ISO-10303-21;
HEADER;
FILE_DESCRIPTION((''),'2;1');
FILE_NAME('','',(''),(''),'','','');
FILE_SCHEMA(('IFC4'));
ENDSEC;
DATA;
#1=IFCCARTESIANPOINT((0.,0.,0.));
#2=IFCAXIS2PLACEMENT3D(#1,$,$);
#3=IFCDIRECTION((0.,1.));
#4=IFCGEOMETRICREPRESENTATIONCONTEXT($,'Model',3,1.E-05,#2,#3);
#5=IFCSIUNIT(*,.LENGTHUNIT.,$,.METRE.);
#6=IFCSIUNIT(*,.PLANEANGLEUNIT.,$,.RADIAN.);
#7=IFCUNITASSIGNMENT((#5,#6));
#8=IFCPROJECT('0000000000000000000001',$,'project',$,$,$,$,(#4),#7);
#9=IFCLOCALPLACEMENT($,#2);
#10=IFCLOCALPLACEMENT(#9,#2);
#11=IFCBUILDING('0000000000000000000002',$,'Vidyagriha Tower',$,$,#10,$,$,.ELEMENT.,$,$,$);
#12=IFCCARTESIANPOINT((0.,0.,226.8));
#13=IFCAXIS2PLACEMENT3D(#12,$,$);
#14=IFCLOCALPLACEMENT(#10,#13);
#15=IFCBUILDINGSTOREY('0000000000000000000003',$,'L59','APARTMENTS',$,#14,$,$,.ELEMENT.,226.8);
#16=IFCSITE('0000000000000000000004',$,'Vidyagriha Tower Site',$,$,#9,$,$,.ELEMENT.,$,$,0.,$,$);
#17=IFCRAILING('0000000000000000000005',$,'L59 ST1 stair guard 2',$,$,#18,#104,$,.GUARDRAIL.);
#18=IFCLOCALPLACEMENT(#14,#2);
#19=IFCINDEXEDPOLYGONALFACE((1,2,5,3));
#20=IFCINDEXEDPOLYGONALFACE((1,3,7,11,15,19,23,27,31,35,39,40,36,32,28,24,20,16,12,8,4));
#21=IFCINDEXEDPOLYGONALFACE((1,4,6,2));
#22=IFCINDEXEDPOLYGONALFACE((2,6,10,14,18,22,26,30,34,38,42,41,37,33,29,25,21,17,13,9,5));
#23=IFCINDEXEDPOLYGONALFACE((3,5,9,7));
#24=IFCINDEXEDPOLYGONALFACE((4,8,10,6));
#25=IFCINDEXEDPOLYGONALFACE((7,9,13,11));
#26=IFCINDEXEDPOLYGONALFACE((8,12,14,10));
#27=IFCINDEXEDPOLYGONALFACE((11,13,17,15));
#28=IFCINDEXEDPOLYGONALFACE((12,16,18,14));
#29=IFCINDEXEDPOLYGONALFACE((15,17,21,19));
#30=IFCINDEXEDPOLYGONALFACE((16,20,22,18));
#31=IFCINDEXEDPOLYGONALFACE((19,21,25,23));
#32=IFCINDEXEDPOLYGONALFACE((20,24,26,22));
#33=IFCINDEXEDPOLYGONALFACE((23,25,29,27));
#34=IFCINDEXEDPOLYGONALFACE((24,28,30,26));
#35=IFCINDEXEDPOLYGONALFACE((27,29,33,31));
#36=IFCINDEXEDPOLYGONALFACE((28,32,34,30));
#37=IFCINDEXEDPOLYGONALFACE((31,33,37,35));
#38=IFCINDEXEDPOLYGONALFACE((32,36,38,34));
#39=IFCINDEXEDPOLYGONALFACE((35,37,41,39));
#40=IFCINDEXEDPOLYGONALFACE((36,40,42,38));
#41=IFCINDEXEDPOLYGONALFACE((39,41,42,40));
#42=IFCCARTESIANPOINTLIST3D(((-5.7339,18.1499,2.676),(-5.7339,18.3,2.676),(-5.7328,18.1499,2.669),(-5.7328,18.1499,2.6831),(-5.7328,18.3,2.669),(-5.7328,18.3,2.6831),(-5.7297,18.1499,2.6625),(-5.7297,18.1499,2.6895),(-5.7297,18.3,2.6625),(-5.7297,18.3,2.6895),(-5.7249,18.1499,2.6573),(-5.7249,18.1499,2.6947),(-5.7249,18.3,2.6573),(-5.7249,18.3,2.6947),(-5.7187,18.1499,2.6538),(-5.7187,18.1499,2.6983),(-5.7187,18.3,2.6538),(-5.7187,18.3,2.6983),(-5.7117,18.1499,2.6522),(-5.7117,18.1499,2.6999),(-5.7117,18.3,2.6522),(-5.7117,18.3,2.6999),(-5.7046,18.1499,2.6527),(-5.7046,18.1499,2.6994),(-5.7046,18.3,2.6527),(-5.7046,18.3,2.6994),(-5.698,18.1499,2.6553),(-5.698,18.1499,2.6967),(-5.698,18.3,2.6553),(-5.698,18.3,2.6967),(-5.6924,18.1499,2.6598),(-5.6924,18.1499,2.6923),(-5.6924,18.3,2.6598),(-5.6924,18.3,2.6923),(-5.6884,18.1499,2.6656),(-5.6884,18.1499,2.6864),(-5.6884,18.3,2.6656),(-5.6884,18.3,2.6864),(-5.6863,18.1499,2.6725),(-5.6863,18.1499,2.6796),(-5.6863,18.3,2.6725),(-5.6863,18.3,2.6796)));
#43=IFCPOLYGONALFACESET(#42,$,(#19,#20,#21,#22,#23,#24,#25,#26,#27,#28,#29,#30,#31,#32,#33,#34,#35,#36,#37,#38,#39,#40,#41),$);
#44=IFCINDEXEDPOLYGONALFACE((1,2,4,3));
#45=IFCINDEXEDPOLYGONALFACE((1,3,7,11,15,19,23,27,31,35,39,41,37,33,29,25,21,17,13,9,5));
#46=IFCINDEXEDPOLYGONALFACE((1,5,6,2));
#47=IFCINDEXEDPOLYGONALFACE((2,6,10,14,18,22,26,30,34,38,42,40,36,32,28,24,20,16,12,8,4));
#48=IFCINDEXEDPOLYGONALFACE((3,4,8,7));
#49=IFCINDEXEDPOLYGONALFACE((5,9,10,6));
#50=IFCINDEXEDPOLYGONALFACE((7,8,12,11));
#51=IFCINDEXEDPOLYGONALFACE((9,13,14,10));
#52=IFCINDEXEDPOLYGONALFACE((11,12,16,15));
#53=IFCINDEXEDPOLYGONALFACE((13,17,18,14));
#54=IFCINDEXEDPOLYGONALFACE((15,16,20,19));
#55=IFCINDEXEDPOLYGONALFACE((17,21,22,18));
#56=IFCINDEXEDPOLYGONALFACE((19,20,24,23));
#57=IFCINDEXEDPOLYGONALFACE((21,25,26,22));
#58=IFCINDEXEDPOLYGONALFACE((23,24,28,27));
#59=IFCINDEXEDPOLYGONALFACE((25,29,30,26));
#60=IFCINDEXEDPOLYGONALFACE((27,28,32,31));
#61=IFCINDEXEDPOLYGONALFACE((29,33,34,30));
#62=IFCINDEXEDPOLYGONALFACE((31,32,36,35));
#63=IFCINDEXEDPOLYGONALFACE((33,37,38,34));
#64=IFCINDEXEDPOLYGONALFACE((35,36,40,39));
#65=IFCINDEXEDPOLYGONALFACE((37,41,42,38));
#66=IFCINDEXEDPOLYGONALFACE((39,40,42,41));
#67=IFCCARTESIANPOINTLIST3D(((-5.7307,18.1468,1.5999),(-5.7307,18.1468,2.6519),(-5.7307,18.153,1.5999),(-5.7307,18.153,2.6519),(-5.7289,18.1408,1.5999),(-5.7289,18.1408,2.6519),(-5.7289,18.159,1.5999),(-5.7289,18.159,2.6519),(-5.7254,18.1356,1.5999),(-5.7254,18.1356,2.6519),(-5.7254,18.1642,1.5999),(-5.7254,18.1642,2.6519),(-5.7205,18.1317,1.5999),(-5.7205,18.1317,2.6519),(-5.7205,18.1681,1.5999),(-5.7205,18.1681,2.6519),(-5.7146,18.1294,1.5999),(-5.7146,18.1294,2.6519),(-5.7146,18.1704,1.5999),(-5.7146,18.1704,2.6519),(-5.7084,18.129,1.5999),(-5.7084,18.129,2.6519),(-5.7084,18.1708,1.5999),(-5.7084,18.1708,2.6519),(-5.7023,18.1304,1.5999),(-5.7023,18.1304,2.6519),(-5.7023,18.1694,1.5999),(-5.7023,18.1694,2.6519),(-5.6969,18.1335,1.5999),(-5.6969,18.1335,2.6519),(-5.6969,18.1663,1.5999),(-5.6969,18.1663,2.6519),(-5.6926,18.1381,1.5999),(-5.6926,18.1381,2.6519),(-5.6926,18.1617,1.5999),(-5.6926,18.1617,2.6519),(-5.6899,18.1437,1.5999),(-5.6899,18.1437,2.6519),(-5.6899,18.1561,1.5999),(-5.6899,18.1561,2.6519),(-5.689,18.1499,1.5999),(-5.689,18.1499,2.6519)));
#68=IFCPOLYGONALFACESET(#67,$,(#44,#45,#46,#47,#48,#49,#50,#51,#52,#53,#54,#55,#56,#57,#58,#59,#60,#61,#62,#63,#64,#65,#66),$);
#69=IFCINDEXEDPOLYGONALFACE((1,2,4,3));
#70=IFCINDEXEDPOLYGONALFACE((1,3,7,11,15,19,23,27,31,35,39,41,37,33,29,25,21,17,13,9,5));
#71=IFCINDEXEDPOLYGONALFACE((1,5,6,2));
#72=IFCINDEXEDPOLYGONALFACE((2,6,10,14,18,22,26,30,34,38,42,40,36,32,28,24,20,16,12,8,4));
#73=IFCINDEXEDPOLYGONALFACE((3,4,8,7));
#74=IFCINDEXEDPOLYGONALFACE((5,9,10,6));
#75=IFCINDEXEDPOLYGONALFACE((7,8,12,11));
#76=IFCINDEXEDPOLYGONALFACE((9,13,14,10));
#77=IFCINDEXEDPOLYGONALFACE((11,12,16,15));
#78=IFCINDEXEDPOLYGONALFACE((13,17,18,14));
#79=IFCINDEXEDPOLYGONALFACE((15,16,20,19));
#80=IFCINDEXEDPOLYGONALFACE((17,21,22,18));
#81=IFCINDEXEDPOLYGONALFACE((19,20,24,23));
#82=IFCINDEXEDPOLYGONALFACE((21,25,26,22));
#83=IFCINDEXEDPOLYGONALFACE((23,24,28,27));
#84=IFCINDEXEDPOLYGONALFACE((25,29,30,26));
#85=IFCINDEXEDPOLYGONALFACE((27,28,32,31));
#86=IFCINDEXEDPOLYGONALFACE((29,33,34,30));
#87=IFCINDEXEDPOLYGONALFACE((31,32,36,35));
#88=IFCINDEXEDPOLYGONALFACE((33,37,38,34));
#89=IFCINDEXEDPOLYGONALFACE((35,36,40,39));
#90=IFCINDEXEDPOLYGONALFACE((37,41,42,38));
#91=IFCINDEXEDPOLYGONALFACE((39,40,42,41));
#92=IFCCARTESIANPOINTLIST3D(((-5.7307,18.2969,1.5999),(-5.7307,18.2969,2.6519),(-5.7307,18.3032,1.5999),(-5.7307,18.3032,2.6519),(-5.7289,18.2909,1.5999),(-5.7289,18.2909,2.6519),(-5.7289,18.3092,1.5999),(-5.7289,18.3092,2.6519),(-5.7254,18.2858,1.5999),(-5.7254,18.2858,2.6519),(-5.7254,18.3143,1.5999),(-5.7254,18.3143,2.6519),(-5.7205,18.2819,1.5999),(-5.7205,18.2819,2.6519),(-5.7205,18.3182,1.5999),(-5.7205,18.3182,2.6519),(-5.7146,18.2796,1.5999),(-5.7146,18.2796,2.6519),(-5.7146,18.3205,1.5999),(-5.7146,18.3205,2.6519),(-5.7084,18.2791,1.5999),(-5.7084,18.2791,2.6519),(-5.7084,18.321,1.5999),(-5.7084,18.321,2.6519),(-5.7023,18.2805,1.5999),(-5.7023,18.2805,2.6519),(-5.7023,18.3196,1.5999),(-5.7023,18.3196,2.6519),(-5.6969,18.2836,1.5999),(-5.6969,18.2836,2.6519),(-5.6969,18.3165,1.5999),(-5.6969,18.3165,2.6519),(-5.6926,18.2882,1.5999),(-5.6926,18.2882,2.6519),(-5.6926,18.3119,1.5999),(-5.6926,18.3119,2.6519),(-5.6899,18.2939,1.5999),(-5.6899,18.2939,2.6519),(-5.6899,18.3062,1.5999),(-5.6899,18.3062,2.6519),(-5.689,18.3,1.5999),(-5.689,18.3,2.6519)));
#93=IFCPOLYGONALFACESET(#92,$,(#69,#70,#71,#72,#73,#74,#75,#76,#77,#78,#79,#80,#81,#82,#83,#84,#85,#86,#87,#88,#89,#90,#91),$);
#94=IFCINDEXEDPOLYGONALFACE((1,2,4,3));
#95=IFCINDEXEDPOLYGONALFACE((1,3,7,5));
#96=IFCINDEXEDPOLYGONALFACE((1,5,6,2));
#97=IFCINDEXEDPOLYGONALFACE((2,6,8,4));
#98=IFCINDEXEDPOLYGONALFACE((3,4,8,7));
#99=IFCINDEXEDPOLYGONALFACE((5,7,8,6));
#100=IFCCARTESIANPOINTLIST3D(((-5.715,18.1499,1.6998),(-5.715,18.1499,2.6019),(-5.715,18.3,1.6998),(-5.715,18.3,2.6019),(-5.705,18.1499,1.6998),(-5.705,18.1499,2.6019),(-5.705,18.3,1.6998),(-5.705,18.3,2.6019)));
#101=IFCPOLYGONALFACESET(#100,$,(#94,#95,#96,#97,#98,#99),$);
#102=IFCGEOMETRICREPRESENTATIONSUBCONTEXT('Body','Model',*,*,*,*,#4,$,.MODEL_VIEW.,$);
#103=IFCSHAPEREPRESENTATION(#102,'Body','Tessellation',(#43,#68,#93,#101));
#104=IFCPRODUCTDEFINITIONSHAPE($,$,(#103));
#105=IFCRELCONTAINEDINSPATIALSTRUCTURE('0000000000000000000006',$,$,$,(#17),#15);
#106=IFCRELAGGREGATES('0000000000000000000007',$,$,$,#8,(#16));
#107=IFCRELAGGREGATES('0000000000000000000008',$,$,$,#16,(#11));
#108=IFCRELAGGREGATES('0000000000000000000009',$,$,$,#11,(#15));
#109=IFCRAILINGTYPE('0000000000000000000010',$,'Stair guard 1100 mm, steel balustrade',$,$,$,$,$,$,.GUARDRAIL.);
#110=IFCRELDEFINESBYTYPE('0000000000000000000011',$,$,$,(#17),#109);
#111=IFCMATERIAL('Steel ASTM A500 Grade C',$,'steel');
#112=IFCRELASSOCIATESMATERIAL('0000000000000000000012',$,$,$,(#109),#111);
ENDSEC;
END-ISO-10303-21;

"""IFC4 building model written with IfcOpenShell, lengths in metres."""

from ifc_helpers import new_model, si_unit, direction, frame, origin, origin_2d, place, context, subcontext, project, spatial, rectangle, circle, extrude, material, type_object, element, save


model = new_model("IFC4")

# Units and contexts
model_context = context("Model", 3, precision=1e-05, world=origin(), true_north=direction((0.0, 1.0)))
body_context = subcontext(model_context, "Body", "Model", "MODEL_VIEW")
ifc_project = project(units=[si_unit("LENGTHUNIT", "METRE"), si_unit("PLANEANGLEUNIT", "RADIAN")], contexts=[model_context])

# Site, building, storey
site_placement = place(None, origin())
site = spatial("IfcSite", under=ifc_project, at=site_placement, Name="Vidyagriha Tower Site", CompositionType="ELEMENT", RefElevation=0.0)
building_placement = place(site_placement, origin())
building = spatial("IfcBuilding", under=site, at=building_placement, Name="Vidyagriha Tower", CompositionType="ELEMENT")
storey_placement = place(building_placement, frame((0.0, 0.0, 226.8)))
storey = spatial("IfcBuildingStorey", under=building, at=storey_placement, Name="L59", Description="APARTMENTS", CompositionType="ELEMENT", Elevation=226.8)

# Railing
ifc_material_1 = material(Name="Steel ASTM A500 Grade C", Category="steel")
railing_type_1 = type_object("IfcRailingType", Name="Stair guard 1100 mm, steel balustrade", PredefinedType="GUARDRAIL", material=ifc_material_1)
railing_1_placement = place(storey_placement, frame((-5.71, 18.1499, 1.5999)))
element("IfcRailing", 1, at=railing_1_placement, inside=storey, type_object=railing_type_1, Name="L59 ST1 stair guard 2", PredefinedType="GUARDRAIL", context=body_context, shape_type="SweptSolid", body=[
    extrude(circle(Radius=0.0239, at=origin_2d()), frame((0.0, 0.0, 1.0762), z_axis=(0.0, 1.0, 0.0), x_axis=(-1.0, 0.0, 0.0)), (0.0, 0.0, 1.0), 0.1501),
    extrude(circle(Radius=0.021, at=origin_2d()), origin(), (0.0, 0.0, 1.0), 1.052),
    extrude(circle(Radius=0.021, at=origin_2d()), frame((0.0, 0.1501, 0.0)), (0.0, 0.0, 1.0), 1.052),
    extrude(rectangle(XDim=0.01, YDim=0.9021, at=origin_2d()), frame((0.0, 0.0, 0.551), z_axis=(0.0, 1.0, 0.0), x_axis=(-1.0, 0.0, 0.0)), (0.0, 0.0, 1.0), 0.1501),
])

save(model, "model.ifc")
